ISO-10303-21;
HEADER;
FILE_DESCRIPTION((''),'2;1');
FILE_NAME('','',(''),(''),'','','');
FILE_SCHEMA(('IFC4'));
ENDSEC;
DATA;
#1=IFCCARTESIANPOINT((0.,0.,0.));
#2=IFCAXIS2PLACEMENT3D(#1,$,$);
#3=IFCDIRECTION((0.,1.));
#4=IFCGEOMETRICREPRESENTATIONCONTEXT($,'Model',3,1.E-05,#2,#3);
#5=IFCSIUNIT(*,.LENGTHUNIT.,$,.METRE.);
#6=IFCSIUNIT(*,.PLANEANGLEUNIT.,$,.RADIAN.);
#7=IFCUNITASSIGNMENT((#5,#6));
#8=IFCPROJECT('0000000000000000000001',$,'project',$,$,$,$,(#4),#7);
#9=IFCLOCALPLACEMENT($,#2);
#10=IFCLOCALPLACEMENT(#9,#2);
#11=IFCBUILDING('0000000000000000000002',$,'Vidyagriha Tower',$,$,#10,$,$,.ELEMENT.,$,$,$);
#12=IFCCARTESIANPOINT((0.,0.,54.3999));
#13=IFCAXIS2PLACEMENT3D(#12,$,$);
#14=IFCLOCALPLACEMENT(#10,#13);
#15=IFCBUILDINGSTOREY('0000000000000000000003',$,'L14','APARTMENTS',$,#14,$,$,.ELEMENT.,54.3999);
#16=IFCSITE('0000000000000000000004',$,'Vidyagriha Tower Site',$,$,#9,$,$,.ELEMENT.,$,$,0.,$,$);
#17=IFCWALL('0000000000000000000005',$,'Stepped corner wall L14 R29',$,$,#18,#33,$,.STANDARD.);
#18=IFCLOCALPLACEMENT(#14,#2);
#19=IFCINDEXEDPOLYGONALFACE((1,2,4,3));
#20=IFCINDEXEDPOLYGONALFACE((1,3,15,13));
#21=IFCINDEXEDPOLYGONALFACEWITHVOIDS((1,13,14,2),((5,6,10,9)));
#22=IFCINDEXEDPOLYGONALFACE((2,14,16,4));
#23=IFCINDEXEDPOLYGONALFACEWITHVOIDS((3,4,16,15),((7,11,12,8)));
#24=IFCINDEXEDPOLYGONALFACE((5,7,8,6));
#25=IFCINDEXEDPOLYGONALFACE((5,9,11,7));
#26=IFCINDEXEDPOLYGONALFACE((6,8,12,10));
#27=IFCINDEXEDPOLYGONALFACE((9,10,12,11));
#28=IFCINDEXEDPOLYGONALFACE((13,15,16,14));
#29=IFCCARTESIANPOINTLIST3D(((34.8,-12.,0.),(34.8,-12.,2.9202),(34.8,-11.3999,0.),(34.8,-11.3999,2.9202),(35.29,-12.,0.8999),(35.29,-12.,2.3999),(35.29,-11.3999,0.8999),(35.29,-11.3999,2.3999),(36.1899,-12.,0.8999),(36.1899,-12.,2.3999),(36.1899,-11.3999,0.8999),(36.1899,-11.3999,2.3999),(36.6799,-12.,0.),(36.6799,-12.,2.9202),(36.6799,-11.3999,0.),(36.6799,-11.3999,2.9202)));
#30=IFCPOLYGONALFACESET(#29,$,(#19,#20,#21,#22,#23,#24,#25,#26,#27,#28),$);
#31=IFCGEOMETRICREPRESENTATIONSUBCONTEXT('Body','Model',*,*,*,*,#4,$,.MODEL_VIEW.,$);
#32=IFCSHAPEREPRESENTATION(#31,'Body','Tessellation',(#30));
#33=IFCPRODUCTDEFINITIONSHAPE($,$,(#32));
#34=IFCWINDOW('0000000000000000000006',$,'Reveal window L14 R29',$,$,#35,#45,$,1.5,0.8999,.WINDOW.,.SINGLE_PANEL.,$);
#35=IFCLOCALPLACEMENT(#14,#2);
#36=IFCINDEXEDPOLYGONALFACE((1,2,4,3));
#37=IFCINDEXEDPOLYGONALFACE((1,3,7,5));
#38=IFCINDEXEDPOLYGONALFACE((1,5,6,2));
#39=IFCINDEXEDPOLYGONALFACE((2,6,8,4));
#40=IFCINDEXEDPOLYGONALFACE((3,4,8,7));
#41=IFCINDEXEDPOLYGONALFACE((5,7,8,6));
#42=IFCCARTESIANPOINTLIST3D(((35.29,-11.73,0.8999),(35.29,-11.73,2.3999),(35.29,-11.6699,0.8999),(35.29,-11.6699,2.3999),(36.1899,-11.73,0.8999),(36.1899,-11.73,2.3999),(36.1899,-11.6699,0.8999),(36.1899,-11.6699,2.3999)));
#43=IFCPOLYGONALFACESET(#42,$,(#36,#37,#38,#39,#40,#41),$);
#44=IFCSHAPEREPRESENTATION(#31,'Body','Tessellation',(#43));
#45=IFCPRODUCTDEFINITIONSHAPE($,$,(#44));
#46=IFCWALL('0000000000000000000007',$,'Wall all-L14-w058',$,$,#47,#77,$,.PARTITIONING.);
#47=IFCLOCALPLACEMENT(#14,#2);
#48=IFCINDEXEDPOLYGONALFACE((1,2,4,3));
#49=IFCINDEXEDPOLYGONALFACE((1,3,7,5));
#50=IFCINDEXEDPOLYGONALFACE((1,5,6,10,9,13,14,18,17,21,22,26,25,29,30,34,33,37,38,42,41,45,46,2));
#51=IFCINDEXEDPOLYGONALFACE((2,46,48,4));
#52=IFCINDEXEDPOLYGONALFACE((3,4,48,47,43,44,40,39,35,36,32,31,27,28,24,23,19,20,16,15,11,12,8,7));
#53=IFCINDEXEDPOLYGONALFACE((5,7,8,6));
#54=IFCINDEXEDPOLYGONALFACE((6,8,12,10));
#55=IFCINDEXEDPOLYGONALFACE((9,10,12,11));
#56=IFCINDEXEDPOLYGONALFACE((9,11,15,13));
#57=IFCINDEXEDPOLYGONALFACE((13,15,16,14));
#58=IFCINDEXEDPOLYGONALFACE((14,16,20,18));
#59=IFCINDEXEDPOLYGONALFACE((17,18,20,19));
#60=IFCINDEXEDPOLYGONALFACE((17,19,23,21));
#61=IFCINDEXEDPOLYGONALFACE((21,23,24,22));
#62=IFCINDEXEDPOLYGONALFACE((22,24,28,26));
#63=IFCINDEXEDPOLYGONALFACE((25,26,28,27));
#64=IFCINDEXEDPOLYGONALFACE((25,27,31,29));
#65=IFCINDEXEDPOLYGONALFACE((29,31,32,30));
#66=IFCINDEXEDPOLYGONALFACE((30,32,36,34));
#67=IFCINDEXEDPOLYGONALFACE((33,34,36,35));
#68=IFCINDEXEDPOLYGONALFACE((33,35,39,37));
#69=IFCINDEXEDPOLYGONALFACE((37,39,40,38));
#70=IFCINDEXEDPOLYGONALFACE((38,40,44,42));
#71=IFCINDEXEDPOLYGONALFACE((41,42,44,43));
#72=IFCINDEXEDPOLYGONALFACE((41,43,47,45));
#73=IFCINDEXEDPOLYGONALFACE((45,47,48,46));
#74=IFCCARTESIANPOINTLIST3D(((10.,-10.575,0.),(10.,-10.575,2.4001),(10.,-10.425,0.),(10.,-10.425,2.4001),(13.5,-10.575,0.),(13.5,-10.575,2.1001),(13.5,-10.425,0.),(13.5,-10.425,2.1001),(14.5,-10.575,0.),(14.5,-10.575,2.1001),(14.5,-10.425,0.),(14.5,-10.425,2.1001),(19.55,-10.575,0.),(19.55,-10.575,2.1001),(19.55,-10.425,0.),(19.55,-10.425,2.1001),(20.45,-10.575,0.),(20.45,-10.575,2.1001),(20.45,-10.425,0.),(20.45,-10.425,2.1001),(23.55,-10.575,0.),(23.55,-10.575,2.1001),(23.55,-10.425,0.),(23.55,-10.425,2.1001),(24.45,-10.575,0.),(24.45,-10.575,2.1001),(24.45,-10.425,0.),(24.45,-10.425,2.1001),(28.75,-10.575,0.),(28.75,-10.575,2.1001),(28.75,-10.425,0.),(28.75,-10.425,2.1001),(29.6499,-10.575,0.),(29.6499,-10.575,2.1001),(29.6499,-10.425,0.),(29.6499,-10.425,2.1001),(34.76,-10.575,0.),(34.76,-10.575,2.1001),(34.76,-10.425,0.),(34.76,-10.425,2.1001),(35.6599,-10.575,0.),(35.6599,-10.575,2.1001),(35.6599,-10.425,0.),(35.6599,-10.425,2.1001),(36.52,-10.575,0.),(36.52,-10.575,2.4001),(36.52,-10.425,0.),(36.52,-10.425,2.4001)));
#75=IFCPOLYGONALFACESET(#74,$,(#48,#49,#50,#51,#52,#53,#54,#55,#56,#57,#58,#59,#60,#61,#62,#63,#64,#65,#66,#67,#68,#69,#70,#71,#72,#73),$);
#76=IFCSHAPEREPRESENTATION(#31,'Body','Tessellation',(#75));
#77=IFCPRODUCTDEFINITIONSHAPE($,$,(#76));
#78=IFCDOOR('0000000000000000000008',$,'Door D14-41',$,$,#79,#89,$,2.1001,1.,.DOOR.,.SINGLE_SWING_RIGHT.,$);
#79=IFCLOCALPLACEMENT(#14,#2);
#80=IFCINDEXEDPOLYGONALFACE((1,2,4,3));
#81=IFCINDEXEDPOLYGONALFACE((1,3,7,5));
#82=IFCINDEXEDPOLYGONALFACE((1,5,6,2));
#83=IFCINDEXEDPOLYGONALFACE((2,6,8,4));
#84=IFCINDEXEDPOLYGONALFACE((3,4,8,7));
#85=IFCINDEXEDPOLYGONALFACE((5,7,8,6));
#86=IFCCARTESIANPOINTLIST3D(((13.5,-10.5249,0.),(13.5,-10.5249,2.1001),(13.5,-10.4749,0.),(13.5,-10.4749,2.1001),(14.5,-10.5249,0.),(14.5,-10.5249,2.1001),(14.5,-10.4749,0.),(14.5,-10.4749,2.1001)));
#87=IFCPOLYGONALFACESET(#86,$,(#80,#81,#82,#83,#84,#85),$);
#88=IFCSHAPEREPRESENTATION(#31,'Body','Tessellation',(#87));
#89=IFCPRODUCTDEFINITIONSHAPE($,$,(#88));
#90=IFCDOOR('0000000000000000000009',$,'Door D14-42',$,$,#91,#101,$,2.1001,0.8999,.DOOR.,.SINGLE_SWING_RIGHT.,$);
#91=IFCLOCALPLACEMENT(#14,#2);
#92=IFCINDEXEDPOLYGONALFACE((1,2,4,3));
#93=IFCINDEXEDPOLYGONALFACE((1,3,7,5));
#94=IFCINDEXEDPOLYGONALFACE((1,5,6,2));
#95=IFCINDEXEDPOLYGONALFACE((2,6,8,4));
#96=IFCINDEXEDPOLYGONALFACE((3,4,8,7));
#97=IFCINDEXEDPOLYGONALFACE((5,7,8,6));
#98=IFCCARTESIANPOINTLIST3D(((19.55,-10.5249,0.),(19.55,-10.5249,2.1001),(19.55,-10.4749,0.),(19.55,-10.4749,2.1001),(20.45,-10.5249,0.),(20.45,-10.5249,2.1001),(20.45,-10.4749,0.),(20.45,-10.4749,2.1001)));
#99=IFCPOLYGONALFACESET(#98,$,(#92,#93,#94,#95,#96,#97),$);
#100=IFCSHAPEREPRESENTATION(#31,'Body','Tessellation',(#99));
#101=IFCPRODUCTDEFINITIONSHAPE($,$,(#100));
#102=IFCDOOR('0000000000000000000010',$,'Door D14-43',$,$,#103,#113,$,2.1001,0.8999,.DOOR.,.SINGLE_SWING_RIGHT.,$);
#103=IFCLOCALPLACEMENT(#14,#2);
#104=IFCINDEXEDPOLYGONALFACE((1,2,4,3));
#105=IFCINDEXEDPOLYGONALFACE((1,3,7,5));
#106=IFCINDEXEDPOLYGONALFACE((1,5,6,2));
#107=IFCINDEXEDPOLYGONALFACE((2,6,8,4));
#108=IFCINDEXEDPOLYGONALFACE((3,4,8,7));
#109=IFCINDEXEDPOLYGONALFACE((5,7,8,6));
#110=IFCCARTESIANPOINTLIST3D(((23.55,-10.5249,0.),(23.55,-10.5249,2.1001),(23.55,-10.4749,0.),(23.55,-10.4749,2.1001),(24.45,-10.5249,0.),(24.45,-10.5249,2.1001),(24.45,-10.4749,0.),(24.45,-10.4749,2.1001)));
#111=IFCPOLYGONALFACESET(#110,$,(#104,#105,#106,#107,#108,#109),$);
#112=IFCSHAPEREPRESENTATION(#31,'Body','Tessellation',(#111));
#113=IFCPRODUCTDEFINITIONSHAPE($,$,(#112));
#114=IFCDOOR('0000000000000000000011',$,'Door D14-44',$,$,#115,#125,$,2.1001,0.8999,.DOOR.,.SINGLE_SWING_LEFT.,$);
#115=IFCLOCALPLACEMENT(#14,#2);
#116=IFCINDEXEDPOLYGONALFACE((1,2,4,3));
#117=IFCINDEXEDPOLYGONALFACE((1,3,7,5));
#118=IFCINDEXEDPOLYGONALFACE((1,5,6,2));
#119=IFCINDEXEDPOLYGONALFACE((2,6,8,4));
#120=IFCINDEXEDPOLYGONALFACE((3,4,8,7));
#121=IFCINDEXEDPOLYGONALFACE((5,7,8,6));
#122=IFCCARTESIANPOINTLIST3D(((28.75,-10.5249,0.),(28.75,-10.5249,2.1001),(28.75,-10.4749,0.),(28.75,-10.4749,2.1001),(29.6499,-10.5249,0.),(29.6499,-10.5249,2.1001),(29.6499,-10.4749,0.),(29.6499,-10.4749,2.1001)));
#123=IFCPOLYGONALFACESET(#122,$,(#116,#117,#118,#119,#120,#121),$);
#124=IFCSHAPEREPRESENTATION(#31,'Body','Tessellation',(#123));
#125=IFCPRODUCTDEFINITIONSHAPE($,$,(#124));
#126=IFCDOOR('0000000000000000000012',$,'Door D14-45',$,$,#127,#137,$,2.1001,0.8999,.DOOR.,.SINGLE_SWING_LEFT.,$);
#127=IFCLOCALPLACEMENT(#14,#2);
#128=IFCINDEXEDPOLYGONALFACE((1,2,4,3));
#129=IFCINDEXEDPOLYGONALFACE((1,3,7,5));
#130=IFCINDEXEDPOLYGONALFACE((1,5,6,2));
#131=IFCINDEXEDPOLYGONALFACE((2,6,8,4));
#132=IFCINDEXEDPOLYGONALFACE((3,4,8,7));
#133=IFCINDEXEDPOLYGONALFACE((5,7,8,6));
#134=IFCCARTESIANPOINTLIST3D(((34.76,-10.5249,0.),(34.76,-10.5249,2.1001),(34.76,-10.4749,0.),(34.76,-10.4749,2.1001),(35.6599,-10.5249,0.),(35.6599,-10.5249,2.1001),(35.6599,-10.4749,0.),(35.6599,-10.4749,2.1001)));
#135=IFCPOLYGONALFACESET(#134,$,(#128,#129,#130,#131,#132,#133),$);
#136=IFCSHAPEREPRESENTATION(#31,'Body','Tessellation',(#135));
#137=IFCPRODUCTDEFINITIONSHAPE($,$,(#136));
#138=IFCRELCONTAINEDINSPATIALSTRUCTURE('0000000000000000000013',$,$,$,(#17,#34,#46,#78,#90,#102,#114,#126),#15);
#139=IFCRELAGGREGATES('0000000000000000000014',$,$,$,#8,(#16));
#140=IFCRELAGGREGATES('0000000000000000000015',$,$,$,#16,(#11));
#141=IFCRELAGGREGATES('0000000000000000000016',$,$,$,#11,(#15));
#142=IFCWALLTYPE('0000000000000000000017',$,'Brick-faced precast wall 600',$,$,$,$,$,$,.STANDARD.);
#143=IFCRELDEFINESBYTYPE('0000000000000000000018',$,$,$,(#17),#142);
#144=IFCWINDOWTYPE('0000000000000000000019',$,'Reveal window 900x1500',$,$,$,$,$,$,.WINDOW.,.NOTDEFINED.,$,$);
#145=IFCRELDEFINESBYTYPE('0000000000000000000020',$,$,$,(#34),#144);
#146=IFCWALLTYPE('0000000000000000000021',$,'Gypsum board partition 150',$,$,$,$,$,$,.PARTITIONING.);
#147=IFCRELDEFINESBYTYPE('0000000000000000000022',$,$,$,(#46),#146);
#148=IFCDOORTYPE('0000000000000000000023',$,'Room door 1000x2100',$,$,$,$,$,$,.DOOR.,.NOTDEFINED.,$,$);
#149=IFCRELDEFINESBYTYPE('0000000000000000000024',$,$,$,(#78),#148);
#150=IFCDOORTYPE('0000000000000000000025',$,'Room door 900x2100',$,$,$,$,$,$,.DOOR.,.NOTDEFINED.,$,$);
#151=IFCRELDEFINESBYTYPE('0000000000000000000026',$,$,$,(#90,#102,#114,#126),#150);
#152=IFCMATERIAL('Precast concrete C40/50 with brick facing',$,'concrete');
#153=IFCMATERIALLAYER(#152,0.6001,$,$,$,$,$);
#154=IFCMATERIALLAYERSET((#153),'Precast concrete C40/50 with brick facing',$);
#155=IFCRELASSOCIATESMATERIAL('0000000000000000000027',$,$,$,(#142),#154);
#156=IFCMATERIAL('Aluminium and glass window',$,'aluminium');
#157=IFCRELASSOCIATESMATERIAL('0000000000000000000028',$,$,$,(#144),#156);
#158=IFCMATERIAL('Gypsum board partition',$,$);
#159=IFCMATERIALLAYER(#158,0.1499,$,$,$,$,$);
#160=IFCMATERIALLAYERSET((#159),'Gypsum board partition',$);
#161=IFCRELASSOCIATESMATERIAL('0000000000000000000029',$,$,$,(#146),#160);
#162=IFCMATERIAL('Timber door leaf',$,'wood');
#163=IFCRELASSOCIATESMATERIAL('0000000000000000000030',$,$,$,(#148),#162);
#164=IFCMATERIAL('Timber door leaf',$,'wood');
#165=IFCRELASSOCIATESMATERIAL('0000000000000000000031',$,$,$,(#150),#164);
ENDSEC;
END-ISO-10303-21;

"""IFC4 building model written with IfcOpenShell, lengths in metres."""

from ifc_helpers import new_model, si_unit, direction, frame, frame_2d, origin, place, context, subcontext, project, spatial, rectangle, extrude, material, layer, layer_set, type_object, element, fill, save


model = new_model("IFC4")

# Units and contexts
model_context = context("Model", 3, precision=1e-05, world=origin(), true_north=direction((0.0, 1.0)))
body_context = subcontext(model_context, "Body", "Model", "MODEL_VIEW")
ifc_project = project(units=[si_unit("LENGTHUNIT", "METRE"), si_unit("PLANEANGLEUNIT", "RADIAN")], contexts=[model_context])

# Site, building, storey
site_placement = place(None, origin())
site = spatial("IfcSite", under=ifc_project, at=site_placement, Name="Vidyagriha Tower Site", CompositionType="ELEMENT", RefElevation=0.0)
building_placement = place(site_placement, origin())
building = spatial("IfcBuilding", under=site, at=building_placement, Name="Vidyagriha Tower", CompositionType="ELEMENT")
storey_placement = place(building_placement, frame((0.0, 0.0, 54.3999)))
storey = spatial("IfcBuildingStorey", under=building, at=storey_placement, Name="L14", Description="APARTMENTS", CompositionType="ELEMENT", Elevation=54.3999)

# Shared definitions
ifc_material_1 = material(Name="Precast concrete C40/50 with brick facing", Category="concrete")
ifc_layer_1 = layer(ifc_material_1, 0.6001)
ifc_layer_set_1 = layer_set([ifc_layer_1], Name="Precast concrete C40/50 with brick facing")
wall_type_1 = type_object("IfcWallType", Name="Brick-faced precast wall 600", PredefinedType="STANDARD", material=ifc_layer_set_1)

# Shared definitions
ifc_material_2 = material(Name="Aluminium and glass window", Category="aluminium")
window_type = type_object("IfcWindowType", Name="Reveal window 900x1500", PartitioningType="NOTDEFINED", PredefinedType="WINDOW", material=ifc_material_2)

# Wall, opening, window
wall_1_placement = place(storey_placement, frame((34.8, -11.7, 0.0)))
wall_1 = element("IfcWall", 1, at=wall_1_placement, inside=storey, type_object=wall_type_1, Name="Stepped corner wall L14 R29", PredefinedType="STANDARD", context=body_context, shape_type="SweptSolid", body=[
    extrude(rectangle(XDim=1.8799, YDim=0.6001, at=frame_2d((0.9399, 0.0))), origin(), (0.0, 0.0, 1.0), 2.9202),
])
opening_1_placement = place(wall_1_placement, frame((0.49, 0.0, 0.8999)))
opening_1 = element("IfcOpeningElement", 2, at=opening_1_placement, cuts=wall_1, PredefinedType="OPENING", context=body_context, shape_type="SweptSolid", body=[
    extrude(rectangle(XDim=0.8999, YDim=1.5, at=frame_2d((0.45, 0.75))), frame((0.0, 0.3101, 0.0), z_axis=(0.0, -1.0, 0.0), x_axis=(1.0, 0.0, 0.0)), (0.0, 0.0, 1.0), 0.6201),
])
window_1_placement = place(opening_1_placement, origin())
window_1 = element("IfcWindow", 3, at=window_1_placement, inside=storey, type_object=window_type, Name="Reveal window L14 R29", OverallHeight=1.5, OverallWidth=0.8999, PartitioningType="SINGLE_PANEL", PredefinedType="WINDOW", context=body_context, shape_type="SweptSolid", body=[
    extrude(rectangle(XDim=0.8999, YDim=1.5, at=frame_2d((0.45, 0.75))), frame((0.0, 0.03, 0.0), z_axis=(0.0, -1.0, 0.0), x_axis=(1.0, 0.0, 0.0)), (0.0, 0.0, 1.0), 0.0601),
])
fill(opening_1, window_1)

# Wall, openings, doors
ifc_material_3 = material(Name="Gypsum board partition")
ifc_layer_2 = layer(ifc_material_3, 0.1499)
ifc_layer_set_2 = layer_set([ifc_layer_2], Name="Gypsum board partition")
wall_type_2 = type_object("IfcWallType", Name="Gypsum board partition 150", PredefinedType="PARTITIONING", material=ifc_layer_set_2)
wall_2_placement = place(storey_placement, frame((36.52, -10.5, 0.0), z_axis=(0.0, 0.0, 1.0), x_axis=(-1.0, 0.0, 0.0)))
wall_2 = element("IfcWall", 4, at=wall_2_placement, inside=storey, type_object=wall_type_2, Name="Wall all-L14-w058", PredefinedType="PARTITIONING", context=body_context, shape_type="SweptSolid", body=[
    extrude(rectangle(XDim=26.52, YDim=0.1499, at=frame_2d((13.26, 0.0))), origin(), (0.0, 0.0, 1.0), 2.4001),
])
opening_2_placement = place(wall_2_placement, frame((22.02, 0.0, 0.0)))
opening_2 = element("IfcOpeningElement", 5, at=opening_2_placement, cuts=wall_2, PredefinedType="OPENING", context=body_context, shape_type="SweptSolid", body=[
    extrude(rectangle(XDim=1.0, YDim=2.1001, at=frame_2d((0.5, 1.05))), frame((0.0, 0.085, 0.0), z_axis=(0.0, -1.0, 0.0), x_axis=(1.0, 0.0, 0.0)), (0.0, 0.0, 1.0), 0.1699),
])
opening_3_placement = place(wall_2_placement, frame((16.0701, 0.0, 0.0)))
opening_3 = element("IfcOpeningElement", 6, at=opening_3_placement, cuts=wall_2, PredefinedType="OPENING", context=body_context, shape_type="SweptSolid", body=[
    extrude(rectangle(XDim=0.8999, YDim=2.1001, at=frame_2d((0.45, 1.05))), frame((0.0, 0.085, 0.0), z_axis=(0.0, -1.0, 0.0), x_axis=(1.0, 0.0, 0.0)), (0.0, 0.0, 1.0), 0.1699),
])
opening_4_placement = place(wall_2_placement, frame((12.0701, 0.0, 0.0)))
opening_4 = element("IfcOpeningElement", 7, at=opening_4_placement, cuts=wall_2, PredefinedType="OPENING", context=body_context, shape_type="SweptSolid", body=[
    extrude(rectangle(XDim=0.8999, YDim=2.1001, at=frame_2d((0.45, 1.05))), frame((0.0, 0.085, 0.0), z_axis=(0.0, -1.0, 0.0), x_axis=(1.0, 0.0, 0.0)), (0.0, 0.0, 1.0), 0.1699),
])
opening_5_placement = place(wall_2_placement, frame((6.8701, 0.0, 0.0)))
opening_5 = element("IfcOpeningElement", 8, at=opening_5_placement, cuts=wall_2, PredefinedType="OPENING", context=body_context, shape_type="SweptSolid", body=[
    extrude(rectangle(XDim=0.8999, YDim=2.1001, at=frame_2d((0.45, 1.05))), frame((0.0, 0.085, 0.0), z_axis=(0.0, -1.0, 0.0), x_axis=(1.0, 0.0, 0.0)), (0.0, 0.0, 1.0), 0.1699),
])
opening_6_placement = place(wall_2_placement, frame((0.8601, 0.0, 0.0)))
opening_6 = element("IfcOpeningElement", 9, at=opening_6_placement, cuts=wall_2, PredefinedType="OPENING", context=body_context, shape_type="SweptSolid", body=[
    extrude(rectangle(XDim=0.8999, YDim=2.1001, at=frame_2d((0.45, 1.05))), frame((0.0, 0.085, 0.0), z_axis=(0.0, -1.0, 0.0), x_axis=(1.0, 0.0, 0.0)), (0.0, 0.0, 1.0), 0.1699),
])
ifc_material_4 = material(Name="Timber door leaf", Category="wood")
door_type_1 = type_object("IfcDoorType", Name="Room door 1000x2100", OperationType="NOTDEFINED", PredefinedType="DOOR", material=ifc_material_4)
door_1_placement = place(opening_2_placement, origin())
door_1 = element("IfcDoor", 10, at=door_1_placement, inside=storey, type_object=door_type_1, Name="Door D14-41", OperationType="SINGLE_SWING_RIGHT", OverallHeight=2.1001, OverallWidth=1.0, PredefinedType="DOOR", context=body_context, shape_type="SweptSolid", body=[
    extrude(rectangle(XDim=1.0, YDim=2.1001, at=frame_2d((0.5, 1.05))), frame((0.0, 0.0249, 0.0), z_axis=(0.0, -1.0, 0.0), x_axis=(1.0, 0.0, 0.0)), (0.0, 0.0, 1.0), 0.05),
])
fill(opening_2, door_1)
ifc_material_5 = material(Name="Timber door leaf", Category="wood")
door_type_2 = type_object("IfcDoorType", Name="Room door 900x2100", OperationType="NOTDEFINED", PredefinedType="DOOR", material=ifc_material_5)
door_2_placement = place(opening_3_placement, origin())
door_2 = element("IfcDoor", 11, at=door_2_placement, inside=storey, type_object=door_type_2, Name="Door D14-42", OperationType="SINGLE_SWING_RIGHT", OverallHeight=2.1001, OverallWidth=0.8999, PredefinedType="DOOR", context=body_context, shape_type="SweptSolid", body=[
    extrude(rectangle(XDim=0.8999, YDim=2.1001, at=frame_2d((0.45, 1.05))), frame((0.0, 0.0249, 0.0), z_axis=(0.0, -1.0, 0.0), x_axis=(1.0, 0.0, 0.0)), (0.0, 0.0, 1.0), 0.05),
])
fill(opening_3, door_2)
door_3_placement = place(opening_4_placement, origin())
door_3 = element("IfcDoor", 12, at=door_3_placement, inside=storey, type_object=door_type_2, Name="Door D14-43", OperationType="SINGLE_SWING_RIGHT", OverallHeight=2.1001, OverallWidth=0.8999, PredefinedType="DOOR", context=body_context, shape_type="SweptSolid", body=[
    extrude(rectangle(XDim=0.8999, YDim=2.1001, at=frame_2d((0.45, 1.05))), frame((0.0, 0.0249, 0.0), z_axis=(0.0, -1.0, 0.0), x_axis=(1.0, 0.0, 0.0)), (0.0, 0.0, 1.0), 0.05),
])
fill(opening_4, door_3)
door_4_placement = place(opening_5_placement, origin())
door_4 = element("IfcDoor", 13, at=door_4_placement, inside=storey, type_object=door_type_2, Name="Door D14-44", OperationType="SINGLE_SWING_LEFT", OverallHeight=2.1001, OverallWidth=0.8999, PredefinedType="DOOR", context=body_context, shape_type="SweptSolid", body=[
    extrude(rectangle(XDim=0.8999, YDim=2.1001, at=frame_2d((0.45, 1.05))), frame((0.0, 0.0249, 0.0), z_axis=(0.0, -1.0, 0.0), x_axis=(1.0, 0.0, 0.0)), (0.0, 0.0, 1.0), 0.05),
])
fill(opening_5, door_4)
door_5_placement = place(opening_6_placement, origin())
door_5 = element("IfcDoor", 14, at=door_5_placement, inside=storey, type_object=door_type_2, Name="Door D14-45", OperationType="SINGLE_SWING_LEFT", OverallHeight=2.1001, OverallWidth=0.8999, PredefinedType="DOOR", context=body_context, shape_type="SweptSolid", body=[
    extrude(rectangle(XDim=0.8999, YDim=2.1001, at=frame_2d((0.45, 1.05))), frame((0.0, 0.0249, 0.0), z_axis=(0.0, -1.0, 0.0), x_axis=(1.0, 0.0, 0.0)), (0.0, 0.0, 1.0), 0.05),
])
fill(opening_6, door_5)

save(model, "model.ifc")
